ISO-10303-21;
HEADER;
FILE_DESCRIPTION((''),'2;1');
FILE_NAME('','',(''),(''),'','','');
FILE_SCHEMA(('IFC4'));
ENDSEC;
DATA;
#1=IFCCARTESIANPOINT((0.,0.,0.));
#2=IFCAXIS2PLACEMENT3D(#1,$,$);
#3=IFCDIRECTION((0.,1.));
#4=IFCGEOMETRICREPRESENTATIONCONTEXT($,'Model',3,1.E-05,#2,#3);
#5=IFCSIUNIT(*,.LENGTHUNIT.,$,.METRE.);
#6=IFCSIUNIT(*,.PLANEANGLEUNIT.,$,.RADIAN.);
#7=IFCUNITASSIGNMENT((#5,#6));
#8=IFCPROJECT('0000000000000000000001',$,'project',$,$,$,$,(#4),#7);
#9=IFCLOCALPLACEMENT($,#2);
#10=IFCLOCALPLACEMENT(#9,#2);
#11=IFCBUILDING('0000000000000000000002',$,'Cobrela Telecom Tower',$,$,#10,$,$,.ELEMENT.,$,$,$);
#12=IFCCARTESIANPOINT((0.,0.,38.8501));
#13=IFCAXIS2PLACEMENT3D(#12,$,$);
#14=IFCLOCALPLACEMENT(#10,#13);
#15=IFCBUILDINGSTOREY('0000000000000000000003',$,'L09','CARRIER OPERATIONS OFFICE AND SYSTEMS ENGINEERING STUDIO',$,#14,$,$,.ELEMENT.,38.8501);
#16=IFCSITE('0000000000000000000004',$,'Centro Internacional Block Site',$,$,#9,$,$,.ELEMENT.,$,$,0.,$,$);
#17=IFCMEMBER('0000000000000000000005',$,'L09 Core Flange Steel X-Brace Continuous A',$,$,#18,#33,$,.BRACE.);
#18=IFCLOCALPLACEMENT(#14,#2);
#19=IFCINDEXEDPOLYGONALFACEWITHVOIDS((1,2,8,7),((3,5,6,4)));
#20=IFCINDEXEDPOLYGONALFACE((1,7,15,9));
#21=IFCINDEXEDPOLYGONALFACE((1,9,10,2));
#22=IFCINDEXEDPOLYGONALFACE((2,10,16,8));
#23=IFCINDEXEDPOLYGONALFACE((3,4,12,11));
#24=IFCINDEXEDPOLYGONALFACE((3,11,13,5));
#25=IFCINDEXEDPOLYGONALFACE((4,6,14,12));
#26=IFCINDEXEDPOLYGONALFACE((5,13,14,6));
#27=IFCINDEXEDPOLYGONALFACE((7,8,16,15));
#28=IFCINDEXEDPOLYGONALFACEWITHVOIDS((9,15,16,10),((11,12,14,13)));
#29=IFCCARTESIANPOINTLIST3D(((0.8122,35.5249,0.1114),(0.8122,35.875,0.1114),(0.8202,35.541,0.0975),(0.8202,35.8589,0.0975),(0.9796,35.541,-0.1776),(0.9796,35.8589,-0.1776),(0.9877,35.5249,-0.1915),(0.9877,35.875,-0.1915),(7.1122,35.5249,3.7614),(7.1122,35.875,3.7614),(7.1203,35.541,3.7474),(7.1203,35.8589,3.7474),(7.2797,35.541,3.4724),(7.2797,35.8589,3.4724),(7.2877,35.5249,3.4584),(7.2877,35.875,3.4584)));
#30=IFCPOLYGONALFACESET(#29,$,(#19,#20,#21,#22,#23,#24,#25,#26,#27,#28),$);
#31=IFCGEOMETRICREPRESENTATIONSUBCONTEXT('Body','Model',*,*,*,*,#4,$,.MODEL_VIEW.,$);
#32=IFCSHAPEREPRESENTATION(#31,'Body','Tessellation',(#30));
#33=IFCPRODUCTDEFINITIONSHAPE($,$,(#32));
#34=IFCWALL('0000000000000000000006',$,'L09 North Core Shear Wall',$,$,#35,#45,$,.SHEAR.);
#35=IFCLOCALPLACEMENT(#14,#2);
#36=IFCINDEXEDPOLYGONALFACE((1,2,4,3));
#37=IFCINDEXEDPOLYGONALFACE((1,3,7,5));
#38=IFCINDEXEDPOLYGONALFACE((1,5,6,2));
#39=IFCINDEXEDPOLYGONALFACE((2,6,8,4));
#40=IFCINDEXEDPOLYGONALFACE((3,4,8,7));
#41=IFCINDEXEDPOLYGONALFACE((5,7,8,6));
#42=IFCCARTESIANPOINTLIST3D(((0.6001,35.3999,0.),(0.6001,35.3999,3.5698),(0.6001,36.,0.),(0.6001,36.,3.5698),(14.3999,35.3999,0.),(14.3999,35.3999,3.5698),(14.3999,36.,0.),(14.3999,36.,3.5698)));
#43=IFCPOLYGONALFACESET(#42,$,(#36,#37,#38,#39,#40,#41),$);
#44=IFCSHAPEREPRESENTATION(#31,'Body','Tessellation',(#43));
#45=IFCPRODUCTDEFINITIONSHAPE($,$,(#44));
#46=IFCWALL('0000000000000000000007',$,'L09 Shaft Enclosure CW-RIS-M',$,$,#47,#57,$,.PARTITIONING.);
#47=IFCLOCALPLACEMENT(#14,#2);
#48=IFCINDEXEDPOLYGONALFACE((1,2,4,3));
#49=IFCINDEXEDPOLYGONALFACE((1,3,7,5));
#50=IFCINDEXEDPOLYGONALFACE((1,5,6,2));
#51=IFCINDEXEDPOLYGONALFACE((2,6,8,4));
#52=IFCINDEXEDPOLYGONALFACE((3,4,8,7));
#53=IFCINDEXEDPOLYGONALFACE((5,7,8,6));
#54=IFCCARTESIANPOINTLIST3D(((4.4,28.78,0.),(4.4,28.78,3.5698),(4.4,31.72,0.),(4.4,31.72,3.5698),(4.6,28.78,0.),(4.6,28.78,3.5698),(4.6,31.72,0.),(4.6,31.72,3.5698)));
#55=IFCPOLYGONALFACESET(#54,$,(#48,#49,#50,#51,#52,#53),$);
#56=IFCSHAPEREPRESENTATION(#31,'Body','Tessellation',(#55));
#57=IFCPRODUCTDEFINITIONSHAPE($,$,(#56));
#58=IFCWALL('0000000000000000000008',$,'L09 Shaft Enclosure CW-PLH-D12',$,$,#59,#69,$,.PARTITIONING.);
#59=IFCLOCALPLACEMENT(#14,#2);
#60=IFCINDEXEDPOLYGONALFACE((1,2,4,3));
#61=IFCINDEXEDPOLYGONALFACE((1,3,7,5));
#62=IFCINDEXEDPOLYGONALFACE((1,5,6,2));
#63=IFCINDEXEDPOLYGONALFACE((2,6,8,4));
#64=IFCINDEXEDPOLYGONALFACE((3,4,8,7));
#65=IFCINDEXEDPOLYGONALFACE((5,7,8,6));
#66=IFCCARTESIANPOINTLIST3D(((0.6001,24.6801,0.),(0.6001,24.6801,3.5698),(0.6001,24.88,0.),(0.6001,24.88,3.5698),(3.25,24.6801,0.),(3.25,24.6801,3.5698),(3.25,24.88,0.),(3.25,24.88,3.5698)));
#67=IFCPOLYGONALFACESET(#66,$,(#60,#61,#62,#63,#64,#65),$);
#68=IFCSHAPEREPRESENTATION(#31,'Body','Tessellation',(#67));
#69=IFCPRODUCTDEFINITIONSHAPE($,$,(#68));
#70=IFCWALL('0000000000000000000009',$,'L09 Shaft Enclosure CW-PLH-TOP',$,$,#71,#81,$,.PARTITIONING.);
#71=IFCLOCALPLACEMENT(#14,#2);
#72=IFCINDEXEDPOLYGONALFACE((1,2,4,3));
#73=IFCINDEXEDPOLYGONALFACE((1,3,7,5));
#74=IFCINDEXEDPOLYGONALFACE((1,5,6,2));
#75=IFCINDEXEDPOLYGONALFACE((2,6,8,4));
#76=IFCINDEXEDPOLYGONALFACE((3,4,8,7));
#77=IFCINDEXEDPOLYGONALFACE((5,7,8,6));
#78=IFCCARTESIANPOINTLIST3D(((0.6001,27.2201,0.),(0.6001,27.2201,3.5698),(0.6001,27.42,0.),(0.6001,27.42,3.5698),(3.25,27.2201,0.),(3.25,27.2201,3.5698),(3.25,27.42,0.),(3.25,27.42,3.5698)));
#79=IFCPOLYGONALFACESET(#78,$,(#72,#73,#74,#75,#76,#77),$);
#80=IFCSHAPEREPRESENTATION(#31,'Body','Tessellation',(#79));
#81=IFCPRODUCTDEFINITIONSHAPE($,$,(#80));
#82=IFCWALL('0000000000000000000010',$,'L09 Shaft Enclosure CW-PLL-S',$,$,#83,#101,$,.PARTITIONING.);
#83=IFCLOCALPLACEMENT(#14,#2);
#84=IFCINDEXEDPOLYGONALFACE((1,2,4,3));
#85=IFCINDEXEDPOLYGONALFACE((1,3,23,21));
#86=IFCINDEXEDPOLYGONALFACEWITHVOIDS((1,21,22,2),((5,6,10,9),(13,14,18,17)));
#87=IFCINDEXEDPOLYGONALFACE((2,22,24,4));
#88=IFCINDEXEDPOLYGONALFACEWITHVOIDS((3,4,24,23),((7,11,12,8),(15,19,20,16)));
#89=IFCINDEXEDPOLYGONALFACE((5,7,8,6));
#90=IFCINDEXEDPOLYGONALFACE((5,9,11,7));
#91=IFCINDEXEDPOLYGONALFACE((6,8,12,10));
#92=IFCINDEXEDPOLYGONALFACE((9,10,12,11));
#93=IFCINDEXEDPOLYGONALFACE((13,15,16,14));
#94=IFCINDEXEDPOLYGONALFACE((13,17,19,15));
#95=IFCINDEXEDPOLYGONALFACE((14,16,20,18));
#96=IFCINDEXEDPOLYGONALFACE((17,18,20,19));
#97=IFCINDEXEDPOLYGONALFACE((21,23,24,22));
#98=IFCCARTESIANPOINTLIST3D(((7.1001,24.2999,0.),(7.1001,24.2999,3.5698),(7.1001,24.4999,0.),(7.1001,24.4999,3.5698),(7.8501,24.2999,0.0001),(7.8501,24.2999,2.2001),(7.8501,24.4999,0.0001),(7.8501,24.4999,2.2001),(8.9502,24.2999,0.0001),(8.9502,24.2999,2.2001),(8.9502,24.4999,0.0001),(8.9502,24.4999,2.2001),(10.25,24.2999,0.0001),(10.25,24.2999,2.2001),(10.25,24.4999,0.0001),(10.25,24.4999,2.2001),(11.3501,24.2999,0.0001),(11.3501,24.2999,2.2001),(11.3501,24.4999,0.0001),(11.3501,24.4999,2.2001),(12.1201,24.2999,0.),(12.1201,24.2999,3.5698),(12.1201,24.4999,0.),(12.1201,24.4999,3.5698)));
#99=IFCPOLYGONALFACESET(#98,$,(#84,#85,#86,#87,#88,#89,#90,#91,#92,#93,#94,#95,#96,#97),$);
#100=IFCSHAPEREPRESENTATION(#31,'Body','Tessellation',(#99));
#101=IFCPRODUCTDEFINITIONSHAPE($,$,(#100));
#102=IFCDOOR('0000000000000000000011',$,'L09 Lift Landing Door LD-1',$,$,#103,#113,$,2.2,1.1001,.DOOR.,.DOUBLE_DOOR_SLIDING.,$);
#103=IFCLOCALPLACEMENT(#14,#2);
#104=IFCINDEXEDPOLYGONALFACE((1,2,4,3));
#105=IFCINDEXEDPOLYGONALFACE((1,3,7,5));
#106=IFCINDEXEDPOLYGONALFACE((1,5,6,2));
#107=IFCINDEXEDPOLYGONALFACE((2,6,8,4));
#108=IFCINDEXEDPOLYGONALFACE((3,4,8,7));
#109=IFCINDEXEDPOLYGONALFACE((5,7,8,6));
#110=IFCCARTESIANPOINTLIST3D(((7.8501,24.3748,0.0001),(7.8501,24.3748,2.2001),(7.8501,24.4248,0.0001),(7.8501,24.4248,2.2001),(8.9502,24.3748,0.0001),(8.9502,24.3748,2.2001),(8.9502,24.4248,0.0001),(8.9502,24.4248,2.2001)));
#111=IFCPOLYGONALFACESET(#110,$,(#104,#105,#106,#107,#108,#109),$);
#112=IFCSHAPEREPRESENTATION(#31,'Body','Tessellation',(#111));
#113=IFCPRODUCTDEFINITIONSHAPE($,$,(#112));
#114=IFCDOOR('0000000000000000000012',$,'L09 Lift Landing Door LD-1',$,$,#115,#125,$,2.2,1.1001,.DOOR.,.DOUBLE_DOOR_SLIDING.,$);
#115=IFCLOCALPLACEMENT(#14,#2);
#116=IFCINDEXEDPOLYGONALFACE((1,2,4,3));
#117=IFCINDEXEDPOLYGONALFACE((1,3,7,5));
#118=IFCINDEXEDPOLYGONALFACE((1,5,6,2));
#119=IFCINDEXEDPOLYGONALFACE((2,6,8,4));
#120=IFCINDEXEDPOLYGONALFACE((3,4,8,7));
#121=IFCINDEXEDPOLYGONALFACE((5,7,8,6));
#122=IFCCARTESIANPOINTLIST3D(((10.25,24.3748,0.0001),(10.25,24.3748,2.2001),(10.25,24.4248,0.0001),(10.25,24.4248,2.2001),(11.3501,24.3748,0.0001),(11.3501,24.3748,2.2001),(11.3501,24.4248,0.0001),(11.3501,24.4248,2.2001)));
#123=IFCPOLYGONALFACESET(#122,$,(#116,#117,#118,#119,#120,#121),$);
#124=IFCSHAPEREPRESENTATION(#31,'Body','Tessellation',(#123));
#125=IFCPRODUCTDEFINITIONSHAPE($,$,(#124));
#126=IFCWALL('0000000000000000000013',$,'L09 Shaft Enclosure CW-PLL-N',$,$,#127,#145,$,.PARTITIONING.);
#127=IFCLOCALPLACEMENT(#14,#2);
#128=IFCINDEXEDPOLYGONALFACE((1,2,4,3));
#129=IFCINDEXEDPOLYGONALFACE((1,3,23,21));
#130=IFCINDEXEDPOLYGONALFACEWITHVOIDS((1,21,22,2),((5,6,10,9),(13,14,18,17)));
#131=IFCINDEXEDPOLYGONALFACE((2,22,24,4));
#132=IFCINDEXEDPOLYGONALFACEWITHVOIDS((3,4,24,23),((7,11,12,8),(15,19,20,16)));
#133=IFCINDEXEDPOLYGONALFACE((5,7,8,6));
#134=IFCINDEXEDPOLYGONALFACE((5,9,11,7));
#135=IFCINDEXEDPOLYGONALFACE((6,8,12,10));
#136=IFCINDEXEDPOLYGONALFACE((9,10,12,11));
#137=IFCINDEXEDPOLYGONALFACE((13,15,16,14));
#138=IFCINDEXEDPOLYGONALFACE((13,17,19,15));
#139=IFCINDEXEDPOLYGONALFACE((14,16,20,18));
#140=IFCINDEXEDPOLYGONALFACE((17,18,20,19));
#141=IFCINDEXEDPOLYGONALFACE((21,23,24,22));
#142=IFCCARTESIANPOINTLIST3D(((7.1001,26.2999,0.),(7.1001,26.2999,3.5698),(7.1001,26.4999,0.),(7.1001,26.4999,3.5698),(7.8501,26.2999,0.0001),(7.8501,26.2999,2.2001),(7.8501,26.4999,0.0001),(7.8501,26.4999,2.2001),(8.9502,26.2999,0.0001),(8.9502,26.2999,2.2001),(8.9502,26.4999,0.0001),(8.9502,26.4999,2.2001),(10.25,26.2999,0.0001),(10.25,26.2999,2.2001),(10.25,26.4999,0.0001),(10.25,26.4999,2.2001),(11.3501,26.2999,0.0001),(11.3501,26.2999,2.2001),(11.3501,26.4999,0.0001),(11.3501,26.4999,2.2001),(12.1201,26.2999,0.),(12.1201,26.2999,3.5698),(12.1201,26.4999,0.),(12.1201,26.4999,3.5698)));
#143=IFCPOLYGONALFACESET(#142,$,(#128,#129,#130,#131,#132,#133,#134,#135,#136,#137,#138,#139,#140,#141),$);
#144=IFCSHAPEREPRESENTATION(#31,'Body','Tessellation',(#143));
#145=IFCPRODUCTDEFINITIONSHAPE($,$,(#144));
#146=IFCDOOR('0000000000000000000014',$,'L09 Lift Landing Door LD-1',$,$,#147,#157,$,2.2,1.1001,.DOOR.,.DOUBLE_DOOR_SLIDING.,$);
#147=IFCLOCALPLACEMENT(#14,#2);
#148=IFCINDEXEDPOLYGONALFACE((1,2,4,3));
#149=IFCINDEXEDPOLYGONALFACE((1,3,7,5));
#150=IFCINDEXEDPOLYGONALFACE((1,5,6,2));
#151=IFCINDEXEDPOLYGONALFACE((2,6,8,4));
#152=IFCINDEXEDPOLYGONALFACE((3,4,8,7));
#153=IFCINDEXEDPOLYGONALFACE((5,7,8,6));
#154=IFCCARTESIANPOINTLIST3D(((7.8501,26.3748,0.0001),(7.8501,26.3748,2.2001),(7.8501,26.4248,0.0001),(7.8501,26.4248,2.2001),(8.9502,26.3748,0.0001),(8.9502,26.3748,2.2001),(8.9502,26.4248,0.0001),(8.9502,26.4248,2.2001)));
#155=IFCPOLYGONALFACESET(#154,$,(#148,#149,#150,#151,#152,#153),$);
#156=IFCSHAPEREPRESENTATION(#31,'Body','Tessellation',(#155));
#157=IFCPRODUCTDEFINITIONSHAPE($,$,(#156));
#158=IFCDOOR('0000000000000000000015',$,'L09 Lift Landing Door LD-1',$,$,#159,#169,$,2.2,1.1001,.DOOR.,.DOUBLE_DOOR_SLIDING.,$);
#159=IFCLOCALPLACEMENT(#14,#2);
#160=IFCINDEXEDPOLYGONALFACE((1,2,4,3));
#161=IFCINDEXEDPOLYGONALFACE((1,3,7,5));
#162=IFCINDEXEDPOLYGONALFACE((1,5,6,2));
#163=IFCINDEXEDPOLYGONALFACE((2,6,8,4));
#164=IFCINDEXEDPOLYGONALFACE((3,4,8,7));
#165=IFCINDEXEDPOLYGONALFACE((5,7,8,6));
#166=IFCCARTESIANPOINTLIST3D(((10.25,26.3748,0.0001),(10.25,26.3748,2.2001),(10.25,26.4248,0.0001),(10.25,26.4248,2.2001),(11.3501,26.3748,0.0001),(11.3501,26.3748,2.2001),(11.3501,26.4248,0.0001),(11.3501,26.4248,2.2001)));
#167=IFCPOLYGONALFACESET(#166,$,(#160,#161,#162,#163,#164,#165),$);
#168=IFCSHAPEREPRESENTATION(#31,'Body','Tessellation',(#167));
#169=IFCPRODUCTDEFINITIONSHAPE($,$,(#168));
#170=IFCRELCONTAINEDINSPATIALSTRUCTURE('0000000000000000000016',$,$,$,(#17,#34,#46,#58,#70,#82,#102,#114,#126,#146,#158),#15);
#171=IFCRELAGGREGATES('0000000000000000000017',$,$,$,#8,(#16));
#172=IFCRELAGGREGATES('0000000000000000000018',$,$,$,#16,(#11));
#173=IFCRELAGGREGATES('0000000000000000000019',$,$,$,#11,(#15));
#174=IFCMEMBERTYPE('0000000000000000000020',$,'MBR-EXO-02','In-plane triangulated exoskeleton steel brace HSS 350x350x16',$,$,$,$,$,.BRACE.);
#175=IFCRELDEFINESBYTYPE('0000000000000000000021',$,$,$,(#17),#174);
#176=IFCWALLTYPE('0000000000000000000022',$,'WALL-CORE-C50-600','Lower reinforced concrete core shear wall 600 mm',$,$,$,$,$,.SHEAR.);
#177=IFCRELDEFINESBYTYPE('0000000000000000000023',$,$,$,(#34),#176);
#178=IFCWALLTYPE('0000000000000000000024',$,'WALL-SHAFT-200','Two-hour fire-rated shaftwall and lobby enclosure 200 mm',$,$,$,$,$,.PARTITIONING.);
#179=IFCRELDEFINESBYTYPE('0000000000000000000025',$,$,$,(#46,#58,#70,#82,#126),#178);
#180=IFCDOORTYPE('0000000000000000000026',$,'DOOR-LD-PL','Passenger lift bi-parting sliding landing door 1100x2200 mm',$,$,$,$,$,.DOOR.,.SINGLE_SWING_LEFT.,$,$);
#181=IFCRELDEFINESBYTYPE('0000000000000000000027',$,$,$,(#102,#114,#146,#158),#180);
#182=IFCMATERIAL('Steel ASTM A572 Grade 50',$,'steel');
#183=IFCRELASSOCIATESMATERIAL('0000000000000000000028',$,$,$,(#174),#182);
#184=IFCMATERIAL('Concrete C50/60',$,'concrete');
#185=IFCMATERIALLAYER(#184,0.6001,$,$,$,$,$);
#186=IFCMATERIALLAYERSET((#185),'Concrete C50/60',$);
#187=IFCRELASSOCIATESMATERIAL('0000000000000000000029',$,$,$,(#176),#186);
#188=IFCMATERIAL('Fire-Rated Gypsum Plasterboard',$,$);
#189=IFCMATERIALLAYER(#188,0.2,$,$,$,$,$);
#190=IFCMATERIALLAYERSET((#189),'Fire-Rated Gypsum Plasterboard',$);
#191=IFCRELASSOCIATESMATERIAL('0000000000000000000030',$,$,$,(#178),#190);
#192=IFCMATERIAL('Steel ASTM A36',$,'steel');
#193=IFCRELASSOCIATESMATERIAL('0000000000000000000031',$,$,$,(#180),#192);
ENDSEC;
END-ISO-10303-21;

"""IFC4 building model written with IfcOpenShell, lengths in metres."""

from ifc_helpers import new_model, si_unit, direction, frame, frame_2d, origin, origin_2d, place, context, subcontext, project, spatial, rectangle, hollow_rectangle, extrude, material, layer, layer_set, material_profile, profile_set, type_object, element, fill, save


model = new_model("IFC4")

# Units and contexts
model_context = context("Model", 3, precision=1e-05, world=origin(), true_north=direction((0.0, 1.0)))
body_context = subcontext(model_context, "Body", "Model", "MODEL_VIEW")
ifc_project = project(units=[si_unit("LENGTHUNIT", "METRE"), si_unit("PLANEANGLEUNIT", "RADIAN")], contexts=[model_context])

# Site, building, storey
site_placement = place(None, origin())
site = spatial("IfcSite", under=ifc_project, at=site_placement, Name="Centro Internacional Block Site", CompositionType="ELEMENT", RefElevation=0.0)
building_placement = place(site_placement, origin())
building = spatial("IfcBuilding", under=site, at=building_placement, Name="Cobrela Telecom Tower", CompositionType="ELEMENT")
storey_placement = place(building_placement, frame((0.0, 0.0, 38.8501)))
storey = spatial("IfcBuildingStorey", under=building, at=storey_placement, Name="L09", Description="CARRIER OPERATIONS OFFICE AND SYSTEMS ENGINEERING STUDIO", CompositionType="ELEMENT", Elevation=38.8501)

# Member
ifc_material_1 = material(Name="Steel ASTM A572 Grade 50", Category="steel")
ifc_material_profile = material_profile(ifc_material_1, hollow_rectangle(XDim=0.3501, YDim=0.3501, WallThickness=0.0161, at=origin_2d()), Name="HSS 350x350x16")
ifc_profile_set = profile_set([ifc_material_profile], Name="Steel ASTM A572 Grade 50")
member_type = type_object("IfcMemberType", Name="MBR-EXO-02", Description="In-plane triangulated exoskeleton steel brace HSS 350x350x16", PredefinedType="BRACE", material=ifc_profile_set)
member_placement = place(storey_placement, frame((0.8999, 35.7, -0.04), z_axis=(0.865277, 0.0, 0.501294), x_axis=(0.0, 1.0, 0.0)))
element("IfcMember", 1, at=member_placement, inside=storey, type_object=member_type, Name="L09 Core Flange Steel X-Brace Continuous A", PredefinedType="BRACE", context=body_context, shape_type="SweptSolid", body=[
    extrude(hollow_rectangle(XDim=0.3501, YDim=0.3501, WallThickness=0.0161, at=origin_2d()), origin(), (0.0, 0.0, 1.0), 7.281),
])

# Wall
ifc_material_2 = material(Name="Concrete C50/60", Category="concrete")
ifc_layer_1 = layer(ifc_material_2, 0.6001)
ifc_layer_set_1 = layer_set([ifc_layer_1], Name="Concrete C50/60")
wall_type_1 = type_object("IfcWallType", Name="WALL-CORE-C50-600", Description="Lower reinforced concrete core shear wall 600 mm", PredefinedType="SHEAR", material=ifc_layer_set_1)
wall_1_placement = place(storey_placement, frame((0.6001, 35.7, 0.0), z_axis=(0.0, 0.0, 1.0), x_axis=(1.0, 0.0, 0.0)))
element("IfcWall", 2, at=wall_1_placement, inside=storey, type_object=wall_type_1, Name="L09 North Core Shear Wall", PredefinedType="SHEAR", context=body_context, shape_type="SweptSolid", body=[
    extrude(rectangle(XDim=13.7998, YDim=0.6001, at=frame_2d((6.8999, 0.0))), origin(), (0.0, 0.0, 1.0), 3.5698),
])

# Shared definitions
ifc_material_3 = material(Name="Fire-Rated Gypsum Plasterboard")
ifc_layer_2 = layer(ifc_material_3, 0.2)
ifc_layer_set_2 = layer_set([ifc_layer_2], Name="Fire-Rated Gypsum Plasterboard")
wall_type_2 = type_object("IfcWallType", Name="WALL-SHAFT-200", Description="Two-hour fire-rated shaftwall and lobby enclosure 200 mm", PredefinedType="PARTITIONING", material=ifc_layer_set_2)
ifc_material_4 = material(Name="Steel ASTM A36", Category="steel")

# Walls
wall_2_placement = place(storey_placement, frame((4.5, 28.78, 0.0), z_axis=(0.0, 0.0, 1.0), x_axis=(0.0, 1.0, 0.0)))
element("IfcWall", 3, at=wall_2_placement, inside=storey, type_object=wall_type_2, Name="L09 Shaft Enclosure CW-RIS-M", PredefinedType="PARTITIONING", context=body_context, shape_type="SweptSolid", body=[
    extrude(rectangle(XDim=2.9399, YDim=0.2, at=frame_2d((1.47, 0.0))), origin(), (0.0, 0.0, 1.0), 3.5698),
])
for number, where, z_axis, x_axis, name in (
    (4, (0.6001, 24.78, 0.0), (0.0, 0.0, 1.0), (1.0, 0.0, 0.0), "L09 Shaft Enclosure CW-PLH-D12"),
    (5, (0.6001, 27.3201, 0.0), (0.0, 0.0, 1.0), (1.0, 0.0, 0.0), "L09 Shaft Enclosure CW-PLH-TOP"),
):
    element("IfcWall", number, at=place(storey_placement, frame(where, z_axis=z_axis, x_axis=x_axis)), inside=storey, type_object=wall_type_2, Name=name, PredefinedType="PARTITIONING", context=body_context, shape_type="SweptSolid", body=[
        extrude(rectangle(XDim=2.6499, YDim=0.2, at=frame_2d((1.325, 0.0))), origin(), (0.0, 0.0, 1.0), 3.5698),
    ])

# Walls, openings, doors
wall_3_placement = place(storey_placement, frame((7.1001, 24.3999, 0.0), z_axis=(0.0, 0.0, 1.0), x_axis=(1.0, 0.0, 0.0)))
wall_3 = element("IfcWall", 6, at=wall_3_placement, inside=storey, type_object=wall_type_2, Name="L09 Shaft Enclosure CW-PLL-S", PredefinedType="PARTITIONING", context=body_context, shape_type="SweptSolid", body=[
    extrude(rectangle(XDim=5.02, YDim=0.2, at=frame_2d((2.51, 0.0))), origin(), (0.0, 0.0, 1.0), 3.5698),
])
opening_1_placement = place(wall_3_placement, frame((0.75, 0.0, 0.0)))
opening_1 = element("IfcOpeningElement", 7, at=opening_1_placement, cuts=wall_3, PredefinedType="OPENING", context=body_context, shape_type="SweptSolid", body=[
    extrude(rectangle(XDim=1.1001, YDim=2.2, at=frame_2d((0.55, 1.1001))), frame((0.0, 0.1118, 0.0), z_axis=(0.0, -1.0, 0.0), x_axis=(1.0, 0.0, 0.0)), (0.0, 0.0, 1.0), 0.2239),
])
opening_2_placement = place(wall_3_placement, frame((3.1499, 0.0, 0.0)))
opening_2 = element("IfcOpeningElement", 8, at=opening_2_placement, cuts=wall_3, PredefinedType="OPENING", context=body_context, shape_type="SweptSolid", body=[
    extrude(rectangle(XDim=1.1001, YDim=2.2, at=frame_2d((0.55, 1.1001))), frame((0.0, 0.1118, 0.0), z_axis=(0.0, -1.0, 0.0), x_axis=(1.0, 0.0, 0.0)), (0.0, 0.0, 1.0), 0.2239),
])
door_type_1 = type_object("IfcDoorType", Name="DOOR-LD-PL", Description="Passenger lift bi-parting sliding landing door 1100x2200 mm", OperationType="SINGLE_SWING_LEFT", PredefinedType="DOOR", material=ifc_material_4)
door_1_placement = place(opening_1_placement, origin())
door_1 = element("IfcDoor", 9, at=door_1_placement, inside=storey, type_object=door_type_1, Name="L09 Lift Landing Door LD-1", OperationType="DOUBLE_DOOR_SLIDING", OverallHeight=2.2, OverallWidth=1.1001, PredefinedType="DOOR", context=body_context, shape_type="SweptSolid", body=[
    extrude(rectangle(XDim=1.1001, YDim=2.2, at=frame_2d((0.55, 1.1001))), frame((0.0, 0.0249, 0.0), z_axis=(0.0, -1.0, 0.0), x_axis=(1.0, 0.0, 0.0)), (0.0, 0.0, 1.0), 0.05),
])
fill(opening_1, door_1)
door_2_placement = place(opening_2_placement, origin())
door_2 = element("IfcDoor", 10, at=door_2_placement, inside=storey, type_object=door_type_1, Name="L09 Lift Landing Door LD-1", OperationType="DOUBLE_DOOR_SLIDING", OverallHeight=2.2, OverallWidth=1.1001, PredefinedType="DOOR", context=body_context, shape_type="SweptSolid", body=[
    extrude(rectangle(XDim=1.1001, YDim=2.2, at=frame_2d((0.55, 1.1001))), frame((0.0, 0.0249, 0.0), z_axis=(0.0, -1.0, 0.0), x_axis=(1.0, 0.0, 0.0)), (0.0, 0.0, 1.0), 0.05),
])
fill(opening_2, door_2)
wall_4_placement = place(storey_placement, frame((7.1001, 26.3999, 0.0), z_axis=(0.0, 0.0, 1.0), x_axis=(1.0, 0.0, 0.0)))
wall_4 = element("IfcWall", 11, at=wall_4_placement, inside=storey, type_object=wall_type_2, Name="L09 Shaft Enclosure CW-PLL-N", PredefinedType="PARTITIONING", context=body_context, shape_type="SweptSolid", body=[
    extrude(rectangle(XDim=5.02, YDim=0.2, at=frame_2d((2.51, 0.0))), origin(), (0.0, 0.0, 1.0), 3.5698),
])
opening_3_placement = place(wall_4_placement, frame((0.75, 0.0, 0.0)))
opening_3 = element("IfcOpeningElement", 12, at=opening_3_placement, cuts=wall_4, PredefinedType="OPENING", context=body_context, shape_type="SweptSolid", body=[
    extrude(rectangle(XDim=1.1001, YDim=2.2, at=frame_2d((0.55, 1.1001))), frame((0.0, 0.1118, 0.0), z_axis=(0.0, -1.0, 0.0), x_axis=(1.0, 0.0, 0.0)), (0.0, 0.0, 1.0), 0.2239),
])
opening_4_placement = place(wall_4_placement, frame((3.1499, 0.0, 0.0)))
opening_4 = element("IfcOpeningElement", 13, at=opening_4_placement, cuts=wall_4, PredefinedType="OPENING", context=body_context, shape_type="SweptSolid", body=[
    extrude(rectangle(XDim=1.1001, YDim=2.2, at=frame_2d((0.55, 1.1001))), frame((0.0, 0.1118, 0.0), z_axis=(0.0, -1.0, 0.0), x_axis=(1.0, 0.0, 0.0)), (0.0, 0.0, 1.0), 0.2239),
])
door_3_placement = place(opening_3_placement, origin())
door_3 = element("IfcDoor", 14, at=door_3_placement, inside=storey, type_object=door_type_1, Name="L09 Lift Landing Door LD-1", OperationType="DOUBLE_DOOR_SLIDING", OverallHeight=2.2, OverallWidth=1.1001, PredefinedType="DOOR", context=body_context, shape_type="SweptSolid", body=[
    extrude(rectangle(XDim=1.1001, YDim=2.2, at=frame_2d((0.55, 1.1001))), frame((0.0, 0.0249, 0.0), z_axis=(0.0, -1.0, 0.0), x_axis=(1.0, 0.0, 0.0)), (0.0, 0.0, 1.0), 0.05),
])
fill(opening_3, door_3)
door_4_placement = place(opening_4_placement, origin())
door_4 = element("IfcDoor", 15, at=door_4_placement, inside=storey, type_object=door_type_1, Name="L09 Lift Landing Door LD-1", OperationType="DOUBLE_DOOR_SLIDING", OverallHeight=2.2, OverallWidth=1.1001, PredefinedType="DOOR", context=body_context, shape_type="SweptSolid", body=[
    extrude(rectangle(XDim=1.1001, YDim=2.2, at=frame_2d((0.55, 1.1001))), frame((0.0, 0.0249, 0.0), z_axis=(0.0, -1.0, 0.0), x_axis=(1.0, 0.0, 0.0)), (0.0, 0.0, 1.0), 0.05),
])
fill(opening_4, door_4)

save(model, "model.ifc")
